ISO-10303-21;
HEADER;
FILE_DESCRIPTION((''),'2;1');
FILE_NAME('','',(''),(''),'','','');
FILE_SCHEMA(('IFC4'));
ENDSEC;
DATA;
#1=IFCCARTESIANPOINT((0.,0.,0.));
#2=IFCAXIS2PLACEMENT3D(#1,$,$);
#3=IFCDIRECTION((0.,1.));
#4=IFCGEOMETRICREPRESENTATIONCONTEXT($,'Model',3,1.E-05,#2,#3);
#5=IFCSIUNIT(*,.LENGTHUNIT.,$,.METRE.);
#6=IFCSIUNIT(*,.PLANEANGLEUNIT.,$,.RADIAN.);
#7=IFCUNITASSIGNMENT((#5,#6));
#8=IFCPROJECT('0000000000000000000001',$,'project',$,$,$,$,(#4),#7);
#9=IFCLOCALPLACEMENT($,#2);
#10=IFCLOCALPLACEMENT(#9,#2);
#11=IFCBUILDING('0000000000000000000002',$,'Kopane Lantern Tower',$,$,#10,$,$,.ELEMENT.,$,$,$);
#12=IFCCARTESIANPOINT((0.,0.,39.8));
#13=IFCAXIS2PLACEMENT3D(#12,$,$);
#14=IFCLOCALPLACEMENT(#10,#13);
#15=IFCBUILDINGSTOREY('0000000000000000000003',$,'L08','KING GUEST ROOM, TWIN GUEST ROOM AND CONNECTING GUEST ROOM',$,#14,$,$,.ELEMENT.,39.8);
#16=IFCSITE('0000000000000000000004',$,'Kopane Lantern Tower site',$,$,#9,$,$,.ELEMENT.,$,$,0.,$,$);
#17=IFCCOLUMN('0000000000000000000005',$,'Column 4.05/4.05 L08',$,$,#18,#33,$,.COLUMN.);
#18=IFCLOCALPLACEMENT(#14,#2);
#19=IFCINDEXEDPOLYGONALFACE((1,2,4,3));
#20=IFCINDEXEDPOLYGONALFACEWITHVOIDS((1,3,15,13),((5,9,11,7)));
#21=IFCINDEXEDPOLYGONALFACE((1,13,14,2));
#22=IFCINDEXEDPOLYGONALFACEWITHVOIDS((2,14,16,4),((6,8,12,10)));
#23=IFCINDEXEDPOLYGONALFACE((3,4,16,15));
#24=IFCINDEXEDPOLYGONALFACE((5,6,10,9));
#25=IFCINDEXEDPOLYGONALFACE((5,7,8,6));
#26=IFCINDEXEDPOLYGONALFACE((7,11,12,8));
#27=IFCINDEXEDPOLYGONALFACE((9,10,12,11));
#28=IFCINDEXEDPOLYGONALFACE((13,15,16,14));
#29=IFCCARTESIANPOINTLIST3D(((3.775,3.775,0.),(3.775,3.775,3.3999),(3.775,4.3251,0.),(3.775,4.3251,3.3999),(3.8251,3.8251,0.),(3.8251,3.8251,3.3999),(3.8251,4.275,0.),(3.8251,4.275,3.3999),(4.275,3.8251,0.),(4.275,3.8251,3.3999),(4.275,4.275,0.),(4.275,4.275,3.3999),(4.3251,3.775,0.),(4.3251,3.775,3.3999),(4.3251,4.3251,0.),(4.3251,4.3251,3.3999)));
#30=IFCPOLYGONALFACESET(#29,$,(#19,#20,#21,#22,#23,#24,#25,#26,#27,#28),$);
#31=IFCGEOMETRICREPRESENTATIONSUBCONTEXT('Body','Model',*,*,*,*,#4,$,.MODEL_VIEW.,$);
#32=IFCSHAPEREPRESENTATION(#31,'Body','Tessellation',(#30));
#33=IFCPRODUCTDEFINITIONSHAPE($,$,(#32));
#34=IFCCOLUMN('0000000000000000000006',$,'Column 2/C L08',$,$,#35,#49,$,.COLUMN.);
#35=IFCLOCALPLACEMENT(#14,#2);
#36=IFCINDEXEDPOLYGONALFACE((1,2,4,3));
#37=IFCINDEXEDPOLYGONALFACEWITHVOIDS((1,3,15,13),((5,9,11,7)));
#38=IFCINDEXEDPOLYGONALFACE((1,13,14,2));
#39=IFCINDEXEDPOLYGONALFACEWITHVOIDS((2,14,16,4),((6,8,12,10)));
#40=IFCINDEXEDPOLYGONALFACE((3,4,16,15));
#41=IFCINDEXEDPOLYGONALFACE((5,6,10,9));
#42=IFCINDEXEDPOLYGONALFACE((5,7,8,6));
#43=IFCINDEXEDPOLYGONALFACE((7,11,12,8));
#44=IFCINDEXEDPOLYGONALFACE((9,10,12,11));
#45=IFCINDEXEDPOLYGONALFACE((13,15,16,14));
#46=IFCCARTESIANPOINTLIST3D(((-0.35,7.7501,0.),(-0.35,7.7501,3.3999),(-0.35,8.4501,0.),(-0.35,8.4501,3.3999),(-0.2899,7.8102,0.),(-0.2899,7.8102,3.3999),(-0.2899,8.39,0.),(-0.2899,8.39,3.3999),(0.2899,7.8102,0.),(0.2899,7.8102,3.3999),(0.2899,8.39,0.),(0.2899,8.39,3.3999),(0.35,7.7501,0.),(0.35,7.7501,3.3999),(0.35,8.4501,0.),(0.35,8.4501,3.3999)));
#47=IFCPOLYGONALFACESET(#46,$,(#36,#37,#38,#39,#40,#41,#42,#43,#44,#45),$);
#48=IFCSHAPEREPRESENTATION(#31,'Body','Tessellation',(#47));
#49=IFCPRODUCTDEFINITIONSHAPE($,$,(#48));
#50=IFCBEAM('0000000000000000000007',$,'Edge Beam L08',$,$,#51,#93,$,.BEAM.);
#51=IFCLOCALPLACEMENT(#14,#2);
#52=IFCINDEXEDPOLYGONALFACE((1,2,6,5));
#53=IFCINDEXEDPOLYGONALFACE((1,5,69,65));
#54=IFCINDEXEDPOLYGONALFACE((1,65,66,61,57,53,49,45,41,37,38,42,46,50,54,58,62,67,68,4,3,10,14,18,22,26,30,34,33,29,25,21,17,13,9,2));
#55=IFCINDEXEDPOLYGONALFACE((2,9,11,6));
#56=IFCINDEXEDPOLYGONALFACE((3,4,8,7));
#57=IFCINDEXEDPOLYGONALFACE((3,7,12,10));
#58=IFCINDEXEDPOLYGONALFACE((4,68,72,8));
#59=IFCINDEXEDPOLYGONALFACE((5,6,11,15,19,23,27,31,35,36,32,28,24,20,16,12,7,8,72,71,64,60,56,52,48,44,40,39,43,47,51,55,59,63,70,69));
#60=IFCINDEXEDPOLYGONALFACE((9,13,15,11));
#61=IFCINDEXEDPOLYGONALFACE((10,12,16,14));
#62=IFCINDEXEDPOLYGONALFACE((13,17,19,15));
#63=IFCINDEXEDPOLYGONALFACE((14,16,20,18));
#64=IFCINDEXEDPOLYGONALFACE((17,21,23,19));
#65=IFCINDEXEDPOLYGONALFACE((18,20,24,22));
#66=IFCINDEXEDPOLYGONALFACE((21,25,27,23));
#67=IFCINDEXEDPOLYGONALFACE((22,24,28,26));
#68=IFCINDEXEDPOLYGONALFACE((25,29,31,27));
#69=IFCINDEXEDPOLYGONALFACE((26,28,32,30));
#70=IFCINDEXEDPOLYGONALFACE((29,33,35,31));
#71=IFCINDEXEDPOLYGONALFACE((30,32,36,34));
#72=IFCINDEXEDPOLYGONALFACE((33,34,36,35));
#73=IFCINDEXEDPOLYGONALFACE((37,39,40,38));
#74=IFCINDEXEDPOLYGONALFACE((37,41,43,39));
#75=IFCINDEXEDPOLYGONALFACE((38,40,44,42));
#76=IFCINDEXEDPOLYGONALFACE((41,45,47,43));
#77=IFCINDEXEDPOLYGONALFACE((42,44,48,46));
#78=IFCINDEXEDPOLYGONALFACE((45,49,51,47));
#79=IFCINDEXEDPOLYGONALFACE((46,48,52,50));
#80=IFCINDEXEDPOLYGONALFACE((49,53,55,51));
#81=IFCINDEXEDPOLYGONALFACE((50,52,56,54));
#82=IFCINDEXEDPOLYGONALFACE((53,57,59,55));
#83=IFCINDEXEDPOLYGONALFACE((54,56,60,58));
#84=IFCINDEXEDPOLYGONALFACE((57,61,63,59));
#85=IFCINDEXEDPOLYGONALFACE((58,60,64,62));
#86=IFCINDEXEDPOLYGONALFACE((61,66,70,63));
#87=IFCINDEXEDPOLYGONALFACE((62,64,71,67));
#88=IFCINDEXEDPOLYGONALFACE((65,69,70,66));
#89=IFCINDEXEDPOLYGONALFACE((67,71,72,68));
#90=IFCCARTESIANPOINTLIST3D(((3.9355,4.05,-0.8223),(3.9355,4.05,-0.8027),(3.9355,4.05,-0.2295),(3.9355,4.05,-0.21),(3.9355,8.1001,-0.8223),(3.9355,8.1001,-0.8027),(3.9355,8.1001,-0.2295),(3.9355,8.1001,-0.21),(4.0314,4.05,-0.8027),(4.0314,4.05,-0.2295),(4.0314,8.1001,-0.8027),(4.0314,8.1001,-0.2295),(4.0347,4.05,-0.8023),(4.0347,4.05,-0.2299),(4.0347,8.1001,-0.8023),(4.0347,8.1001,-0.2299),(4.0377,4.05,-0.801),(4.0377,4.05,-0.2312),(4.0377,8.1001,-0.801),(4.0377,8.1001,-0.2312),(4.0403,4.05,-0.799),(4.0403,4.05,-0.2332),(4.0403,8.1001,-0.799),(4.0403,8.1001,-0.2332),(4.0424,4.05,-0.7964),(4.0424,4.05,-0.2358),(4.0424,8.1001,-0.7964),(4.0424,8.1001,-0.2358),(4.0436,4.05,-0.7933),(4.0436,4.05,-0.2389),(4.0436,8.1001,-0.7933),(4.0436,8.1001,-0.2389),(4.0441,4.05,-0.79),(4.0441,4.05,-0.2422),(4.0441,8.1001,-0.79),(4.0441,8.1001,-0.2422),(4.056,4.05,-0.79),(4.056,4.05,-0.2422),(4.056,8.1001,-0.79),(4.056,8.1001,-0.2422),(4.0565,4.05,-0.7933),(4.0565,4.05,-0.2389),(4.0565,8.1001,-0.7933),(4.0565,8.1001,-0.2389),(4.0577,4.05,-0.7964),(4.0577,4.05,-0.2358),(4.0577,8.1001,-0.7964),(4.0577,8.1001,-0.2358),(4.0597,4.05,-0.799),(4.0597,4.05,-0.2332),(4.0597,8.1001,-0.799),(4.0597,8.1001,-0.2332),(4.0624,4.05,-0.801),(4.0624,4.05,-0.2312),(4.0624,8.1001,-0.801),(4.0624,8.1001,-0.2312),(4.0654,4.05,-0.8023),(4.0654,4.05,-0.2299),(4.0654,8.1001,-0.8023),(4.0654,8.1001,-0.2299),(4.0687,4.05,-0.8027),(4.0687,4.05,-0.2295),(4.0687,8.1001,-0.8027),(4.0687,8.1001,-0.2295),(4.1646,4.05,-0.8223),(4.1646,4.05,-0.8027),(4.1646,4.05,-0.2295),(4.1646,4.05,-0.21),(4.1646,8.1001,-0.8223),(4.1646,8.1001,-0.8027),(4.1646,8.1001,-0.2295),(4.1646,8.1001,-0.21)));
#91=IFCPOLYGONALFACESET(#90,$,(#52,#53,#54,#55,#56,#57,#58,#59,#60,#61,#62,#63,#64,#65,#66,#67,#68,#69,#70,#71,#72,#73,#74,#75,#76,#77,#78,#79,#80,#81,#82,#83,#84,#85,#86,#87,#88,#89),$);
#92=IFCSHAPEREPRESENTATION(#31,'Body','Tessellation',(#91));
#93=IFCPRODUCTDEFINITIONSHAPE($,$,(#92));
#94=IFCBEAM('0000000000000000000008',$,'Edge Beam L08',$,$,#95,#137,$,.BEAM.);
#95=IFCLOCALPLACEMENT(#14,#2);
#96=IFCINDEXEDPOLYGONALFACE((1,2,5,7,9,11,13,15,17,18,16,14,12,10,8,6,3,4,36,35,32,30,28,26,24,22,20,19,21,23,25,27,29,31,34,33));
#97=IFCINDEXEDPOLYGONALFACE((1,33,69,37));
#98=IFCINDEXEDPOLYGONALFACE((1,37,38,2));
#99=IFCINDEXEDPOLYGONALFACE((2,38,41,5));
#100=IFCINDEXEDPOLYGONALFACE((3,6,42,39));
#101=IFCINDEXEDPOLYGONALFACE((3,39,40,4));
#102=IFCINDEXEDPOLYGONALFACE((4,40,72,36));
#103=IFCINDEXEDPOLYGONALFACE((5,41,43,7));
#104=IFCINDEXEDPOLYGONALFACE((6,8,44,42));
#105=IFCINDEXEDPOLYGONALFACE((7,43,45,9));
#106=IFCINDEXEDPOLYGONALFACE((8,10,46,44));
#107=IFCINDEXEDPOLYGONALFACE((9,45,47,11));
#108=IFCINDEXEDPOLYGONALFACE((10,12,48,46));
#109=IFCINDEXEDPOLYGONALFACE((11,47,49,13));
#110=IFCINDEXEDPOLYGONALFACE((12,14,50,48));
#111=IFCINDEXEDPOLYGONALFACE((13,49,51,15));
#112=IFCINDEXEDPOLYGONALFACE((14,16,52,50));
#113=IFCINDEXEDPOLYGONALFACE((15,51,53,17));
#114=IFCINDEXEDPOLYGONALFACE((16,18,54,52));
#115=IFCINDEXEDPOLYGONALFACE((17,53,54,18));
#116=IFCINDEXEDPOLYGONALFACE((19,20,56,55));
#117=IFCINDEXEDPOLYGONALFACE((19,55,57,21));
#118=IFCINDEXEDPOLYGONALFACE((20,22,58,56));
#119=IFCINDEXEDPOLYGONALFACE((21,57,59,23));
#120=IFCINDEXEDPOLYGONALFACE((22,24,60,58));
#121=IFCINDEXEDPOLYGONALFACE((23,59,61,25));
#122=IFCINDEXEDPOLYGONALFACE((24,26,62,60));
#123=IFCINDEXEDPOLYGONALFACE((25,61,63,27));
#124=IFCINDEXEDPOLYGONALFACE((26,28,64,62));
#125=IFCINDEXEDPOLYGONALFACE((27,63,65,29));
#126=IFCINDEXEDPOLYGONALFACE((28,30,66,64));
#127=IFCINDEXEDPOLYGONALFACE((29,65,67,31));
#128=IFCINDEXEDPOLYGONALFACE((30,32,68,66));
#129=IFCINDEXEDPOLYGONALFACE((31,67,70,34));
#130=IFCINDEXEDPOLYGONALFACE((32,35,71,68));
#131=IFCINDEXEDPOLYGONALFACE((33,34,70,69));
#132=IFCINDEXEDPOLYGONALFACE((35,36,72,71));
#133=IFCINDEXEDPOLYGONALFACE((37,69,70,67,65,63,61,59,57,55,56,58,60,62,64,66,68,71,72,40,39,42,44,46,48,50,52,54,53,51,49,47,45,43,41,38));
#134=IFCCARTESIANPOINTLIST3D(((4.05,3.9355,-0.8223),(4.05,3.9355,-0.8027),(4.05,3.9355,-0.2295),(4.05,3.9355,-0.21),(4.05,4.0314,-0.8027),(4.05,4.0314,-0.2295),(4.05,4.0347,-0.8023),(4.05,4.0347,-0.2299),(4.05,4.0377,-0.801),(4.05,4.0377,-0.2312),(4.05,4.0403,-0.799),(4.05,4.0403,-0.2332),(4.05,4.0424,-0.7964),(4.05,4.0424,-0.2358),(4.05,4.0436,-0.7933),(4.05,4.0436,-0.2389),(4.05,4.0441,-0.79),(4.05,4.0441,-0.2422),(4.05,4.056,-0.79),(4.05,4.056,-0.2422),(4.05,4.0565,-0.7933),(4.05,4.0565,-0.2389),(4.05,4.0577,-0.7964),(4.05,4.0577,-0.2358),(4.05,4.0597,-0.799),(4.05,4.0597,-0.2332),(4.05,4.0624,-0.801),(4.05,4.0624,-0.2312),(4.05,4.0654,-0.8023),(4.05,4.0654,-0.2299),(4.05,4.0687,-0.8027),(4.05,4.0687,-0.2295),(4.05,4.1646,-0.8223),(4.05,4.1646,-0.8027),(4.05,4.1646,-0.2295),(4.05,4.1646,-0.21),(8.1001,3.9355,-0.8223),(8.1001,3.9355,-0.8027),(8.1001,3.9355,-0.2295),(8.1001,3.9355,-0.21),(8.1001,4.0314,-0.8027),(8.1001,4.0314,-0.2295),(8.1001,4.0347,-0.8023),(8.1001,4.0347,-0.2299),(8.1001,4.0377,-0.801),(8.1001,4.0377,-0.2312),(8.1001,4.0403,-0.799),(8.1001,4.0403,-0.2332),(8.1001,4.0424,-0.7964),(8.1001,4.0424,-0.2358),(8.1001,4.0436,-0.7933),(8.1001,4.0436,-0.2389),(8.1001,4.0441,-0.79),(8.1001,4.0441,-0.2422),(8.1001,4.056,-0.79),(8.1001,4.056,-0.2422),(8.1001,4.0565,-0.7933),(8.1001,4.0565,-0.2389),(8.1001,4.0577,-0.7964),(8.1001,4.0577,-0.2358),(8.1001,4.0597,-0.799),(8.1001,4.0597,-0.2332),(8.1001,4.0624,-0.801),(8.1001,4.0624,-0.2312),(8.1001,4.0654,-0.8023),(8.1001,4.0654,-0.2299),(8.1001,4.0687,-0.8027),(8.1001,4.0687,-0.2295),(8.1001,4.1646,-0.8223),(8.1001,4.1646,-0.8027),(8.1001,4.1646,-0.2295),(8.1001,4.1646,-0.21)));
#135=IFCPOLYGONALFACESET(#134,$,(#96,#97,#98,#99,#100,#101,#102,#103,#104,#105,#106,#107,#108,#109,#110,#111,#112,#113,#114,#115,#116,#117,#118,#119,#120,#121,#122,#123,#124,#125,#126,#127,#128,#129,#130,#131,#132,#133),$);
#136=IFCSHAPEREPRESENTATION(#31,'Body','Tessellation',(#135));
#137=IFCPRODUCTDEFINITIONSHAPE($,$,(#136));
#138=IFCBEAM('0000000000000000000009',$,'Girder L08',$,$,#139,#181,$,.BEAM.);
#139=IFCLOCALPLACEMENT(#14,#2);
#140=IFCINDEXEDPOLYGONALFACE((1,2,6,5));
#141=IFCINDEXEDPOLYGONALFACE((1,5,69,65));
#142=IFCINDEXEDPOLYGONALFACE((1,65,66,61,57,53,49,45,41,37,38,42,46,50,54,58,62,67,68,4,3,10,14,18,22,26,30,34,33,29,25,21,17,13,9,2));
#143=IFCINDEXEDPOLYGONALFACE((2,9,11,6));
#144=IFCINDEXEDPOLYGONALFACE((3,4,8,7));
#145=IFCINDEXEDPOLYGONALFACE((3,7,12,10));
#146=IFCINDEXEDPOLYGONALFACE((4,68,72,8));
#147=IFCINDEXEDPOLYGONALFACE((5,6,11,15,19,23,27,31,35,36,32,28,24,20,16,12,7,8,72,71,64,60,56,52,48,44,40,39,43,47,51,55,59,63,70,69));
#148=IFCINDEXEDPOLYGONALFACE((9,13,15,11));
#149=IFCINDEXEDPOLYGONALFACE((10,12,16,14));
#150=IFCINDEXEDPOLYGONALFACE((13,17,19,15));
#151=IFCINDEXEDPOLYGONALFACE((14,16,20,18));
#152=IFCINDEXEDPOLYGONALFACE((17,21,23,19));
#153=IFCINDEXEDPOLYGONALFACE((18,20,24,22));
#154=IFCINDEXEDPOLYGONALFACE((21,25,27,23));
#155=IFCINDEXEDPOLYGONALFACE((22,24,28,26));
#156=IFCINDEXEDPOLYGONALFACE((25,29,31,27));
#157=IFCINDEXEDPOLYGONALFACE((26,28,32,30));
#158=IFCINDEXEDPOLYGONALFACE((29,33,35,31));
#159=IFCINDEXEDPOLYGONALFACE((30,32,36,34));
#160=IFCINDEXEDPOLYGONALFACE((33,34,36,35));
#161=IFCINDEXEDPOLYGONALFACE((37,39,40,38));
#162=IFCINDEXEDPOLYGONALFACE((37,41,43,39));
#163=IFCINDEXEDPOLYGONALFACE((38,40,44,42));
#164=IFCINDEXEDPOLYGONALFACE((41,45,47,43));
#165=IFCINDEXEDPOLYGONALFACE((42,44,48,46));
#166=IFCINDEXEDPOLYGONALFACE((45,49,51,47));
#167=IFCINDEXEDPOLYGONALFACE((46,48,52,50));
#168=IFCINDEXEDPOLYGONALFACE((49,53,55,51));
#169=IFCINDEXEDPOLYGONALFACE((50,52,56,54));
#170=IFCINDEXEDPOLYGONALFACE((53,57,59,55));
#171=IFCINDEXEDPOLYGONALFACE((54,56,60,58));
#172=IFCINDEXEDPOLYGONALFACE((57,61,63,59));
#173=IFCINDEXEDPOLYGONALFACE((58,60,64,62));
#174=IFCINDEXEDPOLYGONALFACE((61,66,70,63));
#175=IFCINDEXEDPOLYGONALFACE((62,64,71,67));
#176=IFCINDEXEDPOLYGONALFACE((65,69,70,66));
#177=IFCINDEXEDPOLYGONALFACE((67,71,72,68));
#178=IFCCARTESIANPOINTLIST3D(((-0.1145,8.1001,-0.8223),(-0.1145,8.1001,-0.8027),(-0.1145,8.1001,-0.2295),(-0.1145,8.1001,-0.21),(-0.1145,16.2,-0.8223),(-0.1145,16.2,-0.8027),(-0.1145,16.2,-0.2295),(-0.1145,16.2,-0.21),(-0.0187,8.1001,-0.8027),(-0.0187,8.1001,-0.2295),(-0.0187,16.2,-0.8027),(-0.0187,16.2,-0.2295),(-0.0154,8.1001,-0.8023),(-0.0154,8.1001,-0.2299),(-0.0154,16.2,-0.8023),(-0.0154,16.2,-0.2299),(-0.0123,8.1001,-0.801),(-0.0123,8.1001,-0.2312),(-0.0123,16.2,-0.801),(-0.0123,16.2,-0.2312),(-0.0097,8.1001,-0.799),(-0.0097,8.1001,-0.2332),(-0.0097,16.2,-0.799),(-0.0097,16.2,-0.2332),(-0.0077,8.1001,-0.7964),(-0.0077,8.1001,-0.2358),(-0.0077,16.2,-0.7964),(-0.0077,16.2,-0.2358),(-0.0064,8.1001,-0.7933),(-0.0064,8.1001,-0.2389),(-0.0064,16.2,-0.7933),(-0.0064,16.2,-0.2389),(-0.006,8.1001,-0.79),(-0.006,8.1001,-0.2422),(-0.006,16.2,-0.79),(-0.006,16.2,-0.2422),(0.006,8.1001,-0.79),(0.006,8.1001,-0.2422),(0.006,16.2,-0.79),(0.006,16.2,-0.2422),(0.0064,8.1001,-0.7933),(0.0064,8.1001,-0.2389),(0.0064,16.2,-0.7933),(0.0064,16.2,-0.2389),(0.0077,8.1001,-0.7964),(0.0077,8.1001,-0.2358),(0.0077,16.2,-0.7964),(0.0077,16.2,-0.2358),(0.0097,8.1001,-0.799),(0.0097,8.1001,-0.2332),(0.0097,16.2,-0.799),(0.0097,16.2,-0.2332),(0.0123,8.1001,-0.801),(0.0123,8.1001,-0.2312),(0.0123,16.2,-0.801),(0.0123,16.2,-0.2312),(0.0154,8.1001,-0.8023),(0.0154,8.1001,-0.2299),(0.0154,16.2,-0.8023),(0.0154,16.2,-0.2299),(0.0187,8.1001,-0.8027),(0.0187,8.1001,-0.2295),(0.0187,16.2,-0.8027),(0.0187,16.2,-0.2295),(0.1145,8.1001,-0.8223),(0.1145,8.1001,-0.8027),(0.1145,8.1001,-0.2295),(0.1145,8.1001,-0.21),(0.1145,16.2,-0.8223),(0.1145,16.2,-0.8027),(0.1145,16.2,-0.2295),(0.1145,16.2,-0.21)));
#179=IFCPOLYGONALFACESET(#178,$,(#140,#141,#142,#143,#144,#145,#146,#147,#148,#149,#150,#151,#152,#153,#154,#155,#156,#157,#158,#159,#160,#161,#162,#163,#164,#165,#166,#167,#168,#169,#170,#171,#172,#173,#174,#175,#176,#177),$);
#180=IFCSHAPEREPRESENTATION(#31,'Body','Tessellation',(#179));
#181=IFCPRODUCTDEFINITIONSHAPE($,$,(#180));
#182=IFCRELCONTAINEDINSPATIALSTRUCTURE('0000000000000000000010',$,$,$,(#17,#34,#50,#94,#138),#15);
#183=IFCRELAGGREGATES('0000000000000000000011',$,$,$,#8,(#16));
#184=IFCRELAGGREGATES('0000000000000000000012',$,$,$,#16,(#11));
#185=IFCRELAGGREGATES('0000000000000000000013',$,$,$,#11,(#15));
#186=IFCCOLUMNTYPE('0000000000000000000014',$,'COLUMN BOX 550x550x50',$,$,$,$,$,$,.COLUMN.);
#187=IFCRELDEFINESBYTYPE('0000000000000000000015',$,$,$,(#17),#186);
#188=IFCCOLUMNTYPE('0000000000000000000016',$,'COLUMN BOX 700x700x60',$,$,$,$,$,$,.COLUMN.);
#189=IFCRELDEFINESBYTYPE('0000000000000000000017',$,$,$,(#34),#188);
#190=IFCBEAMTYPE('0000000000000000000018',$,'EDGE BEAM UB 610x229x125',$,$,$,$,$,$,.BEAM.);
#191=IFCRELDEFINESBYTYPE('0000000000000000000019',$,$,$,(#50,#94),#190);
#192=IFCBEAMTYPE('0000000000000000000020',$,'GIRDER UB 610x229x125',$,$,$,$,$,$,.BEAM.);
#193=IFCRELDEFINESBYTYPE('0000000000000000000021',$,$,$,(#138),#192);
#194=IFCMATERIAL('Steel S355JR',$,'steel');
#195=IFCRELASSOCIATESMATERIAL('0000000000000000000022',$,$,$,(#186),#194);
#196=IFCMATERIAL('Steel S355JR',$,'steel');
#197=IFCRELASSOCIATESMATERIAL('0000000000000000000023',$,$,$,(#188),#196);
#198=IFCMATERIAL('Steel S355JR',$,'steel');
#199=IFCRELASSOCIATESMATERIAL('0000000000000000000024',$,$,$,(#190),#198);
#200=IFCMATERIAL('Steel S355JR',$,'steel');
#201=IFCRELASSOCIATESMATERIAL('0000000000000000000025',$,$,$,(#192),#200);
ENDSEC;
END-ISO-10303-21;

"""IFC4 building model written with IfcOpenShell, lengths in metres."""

from ifc_helpers import new_model, si_unit, direction, frame, origin, origin_2d, place, context, subcontext, project, spatial, hollow_rectangle, i_section, extrude, material, material_profile, profile_set, type_object, element, save


model = new_model("IFC4")

# Units and contexts
model_context = context("Model", 3, precision=1e-05, world=origin(), true_north=direction((0.0, 1.0)))
body_context = subcontext(model_context, "Body", "Model", "MODEL_VIEW")
ifc_project = project(units=[si_unit("LENGTHUNIT", "METRE"), si_unit("PLANEANGLEUNIT", "RADIAN")], contexts=[model_context])

# Site, building, storey
site_placement = place(None, origin())
site = spatial("IfcSite", under=ifc_project, at=site_placement, Name="Kopane Lantern Tower site", CompositionType="ELEMENT", RefElevation=0.0)
building_placement = place(site_placement, origin())
building = spatial("IfcBuilding", under=site, at=building_placement, Name="Kopane Lantern Tower", CompositionType="ELEMENT")
storey_placement = place(building_placement, frame((0.0, 0.0, 39.8)))
storey = spatial("IfcBuildingStorey", under=building, at=storey_placement, Name="L08", Description="KING GUEST ROOM, TWIN GUEST ROOM AND CONNECTING GUEST ROOM", CompositionType="ELEMENT", Elevation=39.8)

# Columns
ifc_material_1 = material(Name="Steel S355JR", Category="steel")
ifc_material_profile_1 = material_profile(ifc_material_1, hollow_rectangle(XDim=0.55, YDim=0.55, WallThickness=0.05, at=origin_2d()), Name="BOX 550x550x50")
ifc_profile_set_1 = profile_set([ifc_material_profile_1], Name="Steel S355JR")
column_type_1 = type_object("IfcColumnType", Name="COLUMN BOX 550x550x50", PredefinedType="COLUMN", material=ifc_profile_set_1)
column_1_placement = place(storey_placement, frame((4.05, 4.05, 0.0), z_axis=(0.0, 0.0, 1.0), x_axis=(1.0, 0.0, 0.0)))
element("IfcColumn", 1, at=column_1_placement, inside=storey, type_object=column_type_1, Name="Column 4.05/4.05 L08", PredefinedType="COLUMN", context=body_context, shape_type="SweptSolid", body=[
    extrude(hollow_rectangle(XDim=0.55, YDim=0.55, WallThickness=0.05, at=origin_2d()), origin(), (0.0, 0.0, 1.0), 3.3999),
])
ifc_material_2 = material(Name="Steel S355JR", Category="steel")
ifc_material_profile_2 = material_profile(ifc_material_2, hollow_rectangle(XDim=0.7, YDim=0.7, WallThickness=0.0601, at=origin_2d()), Name="BOX 700x700x60")
ifc_profile_set_2 = profile_set([ifc_material_profile_2], Name="Steel S355JR")
column_type_2 = type_object("IfcColumnType", Name="COLUMN BOX 700x700x60", PredefinedType="COLUMN", material=ifc_profile_set_2)
column_2_placement = place(storey_placement, frame((0.0, 8.1001, 0.0), z_axis=(0.0, 0.0, 1.0), x_axis=(1.0, 0.0, 0.0)))
element("IfcColumn", 2, at=column_2_placement, inside=storey, type_object=column_type_2, Name="Column 2/C L08", PredefinedType="COLUMN", context=body_context, shape_type="SweptSolid", body=[
    extrude(hollow_rectangle(XDim=0.7, YDim=0.7, WallThickness=0.0601, at=origin_2d()), origin(), (0.0, 0.0, 1.0), 3.3999),
])

# Beams
ifc_material_3 = material(Name="Steel S355JR", Category="steel")
ifc_material_profile_3 = material_profile(ifc_material_3, i_section(OverallWidth=0.229, OverallDepth=0.6123, WebThickness=0.012, FlangeThickness=0.0195, FilletRadius=0.0127, at=origin_2d()), Name="UB 610x229x125")
ifc_profile_set_3 = profile_set([ifc_material_profile_3], Name="Steel S355JR")
beam_type_1 = type_object("IfcBeamType", Name="EDGE BEAM UB 610x229x125", PredefinedType="BEAM", material=ifc_profile_set_3)
for number, where, z_axis, x_axis, name in (
    (3, (4.05, 4.05, -0.5161), (0.0, 1.0, 0.0), (-1.0, 0.0, 0.0), "Edge Beam L08"),
    (4, (4.05, 4.05, -0.5161), (1.0, 0.0, 0.0), (0.0, 1.0, 0.0), "Edge Beam L08"),
):
    element("IfcBeam", number, at=place(storey_placement, frame(where, z_axis=z_axis, x_axis=x_axis)), inside=storey, type_object=beam_type_1, Name=name, PredefinedType="BEAM", context=body_context, shape_type="SweptSolid", body=[
        extrude(i_section(OverallWidth=0.229, OverallDepth=0.6123, WebThickness=0.012, FlangeThickness=0.0195, FilletRadius=0.0127, at=origin_2d()), origin(), (0.0, 0.0, 1.0), 4.05),
    ])
ifc_material_4 = material(Name="Steel S355JR", Category="steel")
ifc_material_profile_4 = material_profile(ifc_material_4, i_section(OverallWidth=0.229, OverallDepth=0.6123, WebThickness=0.012, FlangeThickness=0.0195, FilletRadius=0.0127, at=origin_2d()), Name="UB 610x229x125")
ifc_profile_set_4 = profile_set([ifc_material_profile_4], Name="Steel S355JR")
beam_type_2 = type_object("IfcBeamType", Name="GIRDER UB 610x229x125", PredefinedType="BEAM", material=ifc_profile_set_4)
beam_1_placement = place(storey_placement, frame((0.0, 8.1001, -0.5161), z_axis=(0.0, 1.0, 0.0), x_axis=(-1.0, 0.0, 0.0)))
element("IfcBeam", 5, at=beam_1_placement, inside=storey, type_object=beam_type_2, Name="Girder L08", PredefinedType="BEAM", context=body_context, shape_type="SweptSolid", body=[
    extrude(i_section(OverallWidth=0.229, OverallDepth=0.6123, WebThickness=0.012, FlangeThickness=0.0195, FilletRadius=0.0127, at=origin_2d()), origin(), (0.0, 0.0, 1.0), 8.0999),
])

save(model, "model.ifc")
